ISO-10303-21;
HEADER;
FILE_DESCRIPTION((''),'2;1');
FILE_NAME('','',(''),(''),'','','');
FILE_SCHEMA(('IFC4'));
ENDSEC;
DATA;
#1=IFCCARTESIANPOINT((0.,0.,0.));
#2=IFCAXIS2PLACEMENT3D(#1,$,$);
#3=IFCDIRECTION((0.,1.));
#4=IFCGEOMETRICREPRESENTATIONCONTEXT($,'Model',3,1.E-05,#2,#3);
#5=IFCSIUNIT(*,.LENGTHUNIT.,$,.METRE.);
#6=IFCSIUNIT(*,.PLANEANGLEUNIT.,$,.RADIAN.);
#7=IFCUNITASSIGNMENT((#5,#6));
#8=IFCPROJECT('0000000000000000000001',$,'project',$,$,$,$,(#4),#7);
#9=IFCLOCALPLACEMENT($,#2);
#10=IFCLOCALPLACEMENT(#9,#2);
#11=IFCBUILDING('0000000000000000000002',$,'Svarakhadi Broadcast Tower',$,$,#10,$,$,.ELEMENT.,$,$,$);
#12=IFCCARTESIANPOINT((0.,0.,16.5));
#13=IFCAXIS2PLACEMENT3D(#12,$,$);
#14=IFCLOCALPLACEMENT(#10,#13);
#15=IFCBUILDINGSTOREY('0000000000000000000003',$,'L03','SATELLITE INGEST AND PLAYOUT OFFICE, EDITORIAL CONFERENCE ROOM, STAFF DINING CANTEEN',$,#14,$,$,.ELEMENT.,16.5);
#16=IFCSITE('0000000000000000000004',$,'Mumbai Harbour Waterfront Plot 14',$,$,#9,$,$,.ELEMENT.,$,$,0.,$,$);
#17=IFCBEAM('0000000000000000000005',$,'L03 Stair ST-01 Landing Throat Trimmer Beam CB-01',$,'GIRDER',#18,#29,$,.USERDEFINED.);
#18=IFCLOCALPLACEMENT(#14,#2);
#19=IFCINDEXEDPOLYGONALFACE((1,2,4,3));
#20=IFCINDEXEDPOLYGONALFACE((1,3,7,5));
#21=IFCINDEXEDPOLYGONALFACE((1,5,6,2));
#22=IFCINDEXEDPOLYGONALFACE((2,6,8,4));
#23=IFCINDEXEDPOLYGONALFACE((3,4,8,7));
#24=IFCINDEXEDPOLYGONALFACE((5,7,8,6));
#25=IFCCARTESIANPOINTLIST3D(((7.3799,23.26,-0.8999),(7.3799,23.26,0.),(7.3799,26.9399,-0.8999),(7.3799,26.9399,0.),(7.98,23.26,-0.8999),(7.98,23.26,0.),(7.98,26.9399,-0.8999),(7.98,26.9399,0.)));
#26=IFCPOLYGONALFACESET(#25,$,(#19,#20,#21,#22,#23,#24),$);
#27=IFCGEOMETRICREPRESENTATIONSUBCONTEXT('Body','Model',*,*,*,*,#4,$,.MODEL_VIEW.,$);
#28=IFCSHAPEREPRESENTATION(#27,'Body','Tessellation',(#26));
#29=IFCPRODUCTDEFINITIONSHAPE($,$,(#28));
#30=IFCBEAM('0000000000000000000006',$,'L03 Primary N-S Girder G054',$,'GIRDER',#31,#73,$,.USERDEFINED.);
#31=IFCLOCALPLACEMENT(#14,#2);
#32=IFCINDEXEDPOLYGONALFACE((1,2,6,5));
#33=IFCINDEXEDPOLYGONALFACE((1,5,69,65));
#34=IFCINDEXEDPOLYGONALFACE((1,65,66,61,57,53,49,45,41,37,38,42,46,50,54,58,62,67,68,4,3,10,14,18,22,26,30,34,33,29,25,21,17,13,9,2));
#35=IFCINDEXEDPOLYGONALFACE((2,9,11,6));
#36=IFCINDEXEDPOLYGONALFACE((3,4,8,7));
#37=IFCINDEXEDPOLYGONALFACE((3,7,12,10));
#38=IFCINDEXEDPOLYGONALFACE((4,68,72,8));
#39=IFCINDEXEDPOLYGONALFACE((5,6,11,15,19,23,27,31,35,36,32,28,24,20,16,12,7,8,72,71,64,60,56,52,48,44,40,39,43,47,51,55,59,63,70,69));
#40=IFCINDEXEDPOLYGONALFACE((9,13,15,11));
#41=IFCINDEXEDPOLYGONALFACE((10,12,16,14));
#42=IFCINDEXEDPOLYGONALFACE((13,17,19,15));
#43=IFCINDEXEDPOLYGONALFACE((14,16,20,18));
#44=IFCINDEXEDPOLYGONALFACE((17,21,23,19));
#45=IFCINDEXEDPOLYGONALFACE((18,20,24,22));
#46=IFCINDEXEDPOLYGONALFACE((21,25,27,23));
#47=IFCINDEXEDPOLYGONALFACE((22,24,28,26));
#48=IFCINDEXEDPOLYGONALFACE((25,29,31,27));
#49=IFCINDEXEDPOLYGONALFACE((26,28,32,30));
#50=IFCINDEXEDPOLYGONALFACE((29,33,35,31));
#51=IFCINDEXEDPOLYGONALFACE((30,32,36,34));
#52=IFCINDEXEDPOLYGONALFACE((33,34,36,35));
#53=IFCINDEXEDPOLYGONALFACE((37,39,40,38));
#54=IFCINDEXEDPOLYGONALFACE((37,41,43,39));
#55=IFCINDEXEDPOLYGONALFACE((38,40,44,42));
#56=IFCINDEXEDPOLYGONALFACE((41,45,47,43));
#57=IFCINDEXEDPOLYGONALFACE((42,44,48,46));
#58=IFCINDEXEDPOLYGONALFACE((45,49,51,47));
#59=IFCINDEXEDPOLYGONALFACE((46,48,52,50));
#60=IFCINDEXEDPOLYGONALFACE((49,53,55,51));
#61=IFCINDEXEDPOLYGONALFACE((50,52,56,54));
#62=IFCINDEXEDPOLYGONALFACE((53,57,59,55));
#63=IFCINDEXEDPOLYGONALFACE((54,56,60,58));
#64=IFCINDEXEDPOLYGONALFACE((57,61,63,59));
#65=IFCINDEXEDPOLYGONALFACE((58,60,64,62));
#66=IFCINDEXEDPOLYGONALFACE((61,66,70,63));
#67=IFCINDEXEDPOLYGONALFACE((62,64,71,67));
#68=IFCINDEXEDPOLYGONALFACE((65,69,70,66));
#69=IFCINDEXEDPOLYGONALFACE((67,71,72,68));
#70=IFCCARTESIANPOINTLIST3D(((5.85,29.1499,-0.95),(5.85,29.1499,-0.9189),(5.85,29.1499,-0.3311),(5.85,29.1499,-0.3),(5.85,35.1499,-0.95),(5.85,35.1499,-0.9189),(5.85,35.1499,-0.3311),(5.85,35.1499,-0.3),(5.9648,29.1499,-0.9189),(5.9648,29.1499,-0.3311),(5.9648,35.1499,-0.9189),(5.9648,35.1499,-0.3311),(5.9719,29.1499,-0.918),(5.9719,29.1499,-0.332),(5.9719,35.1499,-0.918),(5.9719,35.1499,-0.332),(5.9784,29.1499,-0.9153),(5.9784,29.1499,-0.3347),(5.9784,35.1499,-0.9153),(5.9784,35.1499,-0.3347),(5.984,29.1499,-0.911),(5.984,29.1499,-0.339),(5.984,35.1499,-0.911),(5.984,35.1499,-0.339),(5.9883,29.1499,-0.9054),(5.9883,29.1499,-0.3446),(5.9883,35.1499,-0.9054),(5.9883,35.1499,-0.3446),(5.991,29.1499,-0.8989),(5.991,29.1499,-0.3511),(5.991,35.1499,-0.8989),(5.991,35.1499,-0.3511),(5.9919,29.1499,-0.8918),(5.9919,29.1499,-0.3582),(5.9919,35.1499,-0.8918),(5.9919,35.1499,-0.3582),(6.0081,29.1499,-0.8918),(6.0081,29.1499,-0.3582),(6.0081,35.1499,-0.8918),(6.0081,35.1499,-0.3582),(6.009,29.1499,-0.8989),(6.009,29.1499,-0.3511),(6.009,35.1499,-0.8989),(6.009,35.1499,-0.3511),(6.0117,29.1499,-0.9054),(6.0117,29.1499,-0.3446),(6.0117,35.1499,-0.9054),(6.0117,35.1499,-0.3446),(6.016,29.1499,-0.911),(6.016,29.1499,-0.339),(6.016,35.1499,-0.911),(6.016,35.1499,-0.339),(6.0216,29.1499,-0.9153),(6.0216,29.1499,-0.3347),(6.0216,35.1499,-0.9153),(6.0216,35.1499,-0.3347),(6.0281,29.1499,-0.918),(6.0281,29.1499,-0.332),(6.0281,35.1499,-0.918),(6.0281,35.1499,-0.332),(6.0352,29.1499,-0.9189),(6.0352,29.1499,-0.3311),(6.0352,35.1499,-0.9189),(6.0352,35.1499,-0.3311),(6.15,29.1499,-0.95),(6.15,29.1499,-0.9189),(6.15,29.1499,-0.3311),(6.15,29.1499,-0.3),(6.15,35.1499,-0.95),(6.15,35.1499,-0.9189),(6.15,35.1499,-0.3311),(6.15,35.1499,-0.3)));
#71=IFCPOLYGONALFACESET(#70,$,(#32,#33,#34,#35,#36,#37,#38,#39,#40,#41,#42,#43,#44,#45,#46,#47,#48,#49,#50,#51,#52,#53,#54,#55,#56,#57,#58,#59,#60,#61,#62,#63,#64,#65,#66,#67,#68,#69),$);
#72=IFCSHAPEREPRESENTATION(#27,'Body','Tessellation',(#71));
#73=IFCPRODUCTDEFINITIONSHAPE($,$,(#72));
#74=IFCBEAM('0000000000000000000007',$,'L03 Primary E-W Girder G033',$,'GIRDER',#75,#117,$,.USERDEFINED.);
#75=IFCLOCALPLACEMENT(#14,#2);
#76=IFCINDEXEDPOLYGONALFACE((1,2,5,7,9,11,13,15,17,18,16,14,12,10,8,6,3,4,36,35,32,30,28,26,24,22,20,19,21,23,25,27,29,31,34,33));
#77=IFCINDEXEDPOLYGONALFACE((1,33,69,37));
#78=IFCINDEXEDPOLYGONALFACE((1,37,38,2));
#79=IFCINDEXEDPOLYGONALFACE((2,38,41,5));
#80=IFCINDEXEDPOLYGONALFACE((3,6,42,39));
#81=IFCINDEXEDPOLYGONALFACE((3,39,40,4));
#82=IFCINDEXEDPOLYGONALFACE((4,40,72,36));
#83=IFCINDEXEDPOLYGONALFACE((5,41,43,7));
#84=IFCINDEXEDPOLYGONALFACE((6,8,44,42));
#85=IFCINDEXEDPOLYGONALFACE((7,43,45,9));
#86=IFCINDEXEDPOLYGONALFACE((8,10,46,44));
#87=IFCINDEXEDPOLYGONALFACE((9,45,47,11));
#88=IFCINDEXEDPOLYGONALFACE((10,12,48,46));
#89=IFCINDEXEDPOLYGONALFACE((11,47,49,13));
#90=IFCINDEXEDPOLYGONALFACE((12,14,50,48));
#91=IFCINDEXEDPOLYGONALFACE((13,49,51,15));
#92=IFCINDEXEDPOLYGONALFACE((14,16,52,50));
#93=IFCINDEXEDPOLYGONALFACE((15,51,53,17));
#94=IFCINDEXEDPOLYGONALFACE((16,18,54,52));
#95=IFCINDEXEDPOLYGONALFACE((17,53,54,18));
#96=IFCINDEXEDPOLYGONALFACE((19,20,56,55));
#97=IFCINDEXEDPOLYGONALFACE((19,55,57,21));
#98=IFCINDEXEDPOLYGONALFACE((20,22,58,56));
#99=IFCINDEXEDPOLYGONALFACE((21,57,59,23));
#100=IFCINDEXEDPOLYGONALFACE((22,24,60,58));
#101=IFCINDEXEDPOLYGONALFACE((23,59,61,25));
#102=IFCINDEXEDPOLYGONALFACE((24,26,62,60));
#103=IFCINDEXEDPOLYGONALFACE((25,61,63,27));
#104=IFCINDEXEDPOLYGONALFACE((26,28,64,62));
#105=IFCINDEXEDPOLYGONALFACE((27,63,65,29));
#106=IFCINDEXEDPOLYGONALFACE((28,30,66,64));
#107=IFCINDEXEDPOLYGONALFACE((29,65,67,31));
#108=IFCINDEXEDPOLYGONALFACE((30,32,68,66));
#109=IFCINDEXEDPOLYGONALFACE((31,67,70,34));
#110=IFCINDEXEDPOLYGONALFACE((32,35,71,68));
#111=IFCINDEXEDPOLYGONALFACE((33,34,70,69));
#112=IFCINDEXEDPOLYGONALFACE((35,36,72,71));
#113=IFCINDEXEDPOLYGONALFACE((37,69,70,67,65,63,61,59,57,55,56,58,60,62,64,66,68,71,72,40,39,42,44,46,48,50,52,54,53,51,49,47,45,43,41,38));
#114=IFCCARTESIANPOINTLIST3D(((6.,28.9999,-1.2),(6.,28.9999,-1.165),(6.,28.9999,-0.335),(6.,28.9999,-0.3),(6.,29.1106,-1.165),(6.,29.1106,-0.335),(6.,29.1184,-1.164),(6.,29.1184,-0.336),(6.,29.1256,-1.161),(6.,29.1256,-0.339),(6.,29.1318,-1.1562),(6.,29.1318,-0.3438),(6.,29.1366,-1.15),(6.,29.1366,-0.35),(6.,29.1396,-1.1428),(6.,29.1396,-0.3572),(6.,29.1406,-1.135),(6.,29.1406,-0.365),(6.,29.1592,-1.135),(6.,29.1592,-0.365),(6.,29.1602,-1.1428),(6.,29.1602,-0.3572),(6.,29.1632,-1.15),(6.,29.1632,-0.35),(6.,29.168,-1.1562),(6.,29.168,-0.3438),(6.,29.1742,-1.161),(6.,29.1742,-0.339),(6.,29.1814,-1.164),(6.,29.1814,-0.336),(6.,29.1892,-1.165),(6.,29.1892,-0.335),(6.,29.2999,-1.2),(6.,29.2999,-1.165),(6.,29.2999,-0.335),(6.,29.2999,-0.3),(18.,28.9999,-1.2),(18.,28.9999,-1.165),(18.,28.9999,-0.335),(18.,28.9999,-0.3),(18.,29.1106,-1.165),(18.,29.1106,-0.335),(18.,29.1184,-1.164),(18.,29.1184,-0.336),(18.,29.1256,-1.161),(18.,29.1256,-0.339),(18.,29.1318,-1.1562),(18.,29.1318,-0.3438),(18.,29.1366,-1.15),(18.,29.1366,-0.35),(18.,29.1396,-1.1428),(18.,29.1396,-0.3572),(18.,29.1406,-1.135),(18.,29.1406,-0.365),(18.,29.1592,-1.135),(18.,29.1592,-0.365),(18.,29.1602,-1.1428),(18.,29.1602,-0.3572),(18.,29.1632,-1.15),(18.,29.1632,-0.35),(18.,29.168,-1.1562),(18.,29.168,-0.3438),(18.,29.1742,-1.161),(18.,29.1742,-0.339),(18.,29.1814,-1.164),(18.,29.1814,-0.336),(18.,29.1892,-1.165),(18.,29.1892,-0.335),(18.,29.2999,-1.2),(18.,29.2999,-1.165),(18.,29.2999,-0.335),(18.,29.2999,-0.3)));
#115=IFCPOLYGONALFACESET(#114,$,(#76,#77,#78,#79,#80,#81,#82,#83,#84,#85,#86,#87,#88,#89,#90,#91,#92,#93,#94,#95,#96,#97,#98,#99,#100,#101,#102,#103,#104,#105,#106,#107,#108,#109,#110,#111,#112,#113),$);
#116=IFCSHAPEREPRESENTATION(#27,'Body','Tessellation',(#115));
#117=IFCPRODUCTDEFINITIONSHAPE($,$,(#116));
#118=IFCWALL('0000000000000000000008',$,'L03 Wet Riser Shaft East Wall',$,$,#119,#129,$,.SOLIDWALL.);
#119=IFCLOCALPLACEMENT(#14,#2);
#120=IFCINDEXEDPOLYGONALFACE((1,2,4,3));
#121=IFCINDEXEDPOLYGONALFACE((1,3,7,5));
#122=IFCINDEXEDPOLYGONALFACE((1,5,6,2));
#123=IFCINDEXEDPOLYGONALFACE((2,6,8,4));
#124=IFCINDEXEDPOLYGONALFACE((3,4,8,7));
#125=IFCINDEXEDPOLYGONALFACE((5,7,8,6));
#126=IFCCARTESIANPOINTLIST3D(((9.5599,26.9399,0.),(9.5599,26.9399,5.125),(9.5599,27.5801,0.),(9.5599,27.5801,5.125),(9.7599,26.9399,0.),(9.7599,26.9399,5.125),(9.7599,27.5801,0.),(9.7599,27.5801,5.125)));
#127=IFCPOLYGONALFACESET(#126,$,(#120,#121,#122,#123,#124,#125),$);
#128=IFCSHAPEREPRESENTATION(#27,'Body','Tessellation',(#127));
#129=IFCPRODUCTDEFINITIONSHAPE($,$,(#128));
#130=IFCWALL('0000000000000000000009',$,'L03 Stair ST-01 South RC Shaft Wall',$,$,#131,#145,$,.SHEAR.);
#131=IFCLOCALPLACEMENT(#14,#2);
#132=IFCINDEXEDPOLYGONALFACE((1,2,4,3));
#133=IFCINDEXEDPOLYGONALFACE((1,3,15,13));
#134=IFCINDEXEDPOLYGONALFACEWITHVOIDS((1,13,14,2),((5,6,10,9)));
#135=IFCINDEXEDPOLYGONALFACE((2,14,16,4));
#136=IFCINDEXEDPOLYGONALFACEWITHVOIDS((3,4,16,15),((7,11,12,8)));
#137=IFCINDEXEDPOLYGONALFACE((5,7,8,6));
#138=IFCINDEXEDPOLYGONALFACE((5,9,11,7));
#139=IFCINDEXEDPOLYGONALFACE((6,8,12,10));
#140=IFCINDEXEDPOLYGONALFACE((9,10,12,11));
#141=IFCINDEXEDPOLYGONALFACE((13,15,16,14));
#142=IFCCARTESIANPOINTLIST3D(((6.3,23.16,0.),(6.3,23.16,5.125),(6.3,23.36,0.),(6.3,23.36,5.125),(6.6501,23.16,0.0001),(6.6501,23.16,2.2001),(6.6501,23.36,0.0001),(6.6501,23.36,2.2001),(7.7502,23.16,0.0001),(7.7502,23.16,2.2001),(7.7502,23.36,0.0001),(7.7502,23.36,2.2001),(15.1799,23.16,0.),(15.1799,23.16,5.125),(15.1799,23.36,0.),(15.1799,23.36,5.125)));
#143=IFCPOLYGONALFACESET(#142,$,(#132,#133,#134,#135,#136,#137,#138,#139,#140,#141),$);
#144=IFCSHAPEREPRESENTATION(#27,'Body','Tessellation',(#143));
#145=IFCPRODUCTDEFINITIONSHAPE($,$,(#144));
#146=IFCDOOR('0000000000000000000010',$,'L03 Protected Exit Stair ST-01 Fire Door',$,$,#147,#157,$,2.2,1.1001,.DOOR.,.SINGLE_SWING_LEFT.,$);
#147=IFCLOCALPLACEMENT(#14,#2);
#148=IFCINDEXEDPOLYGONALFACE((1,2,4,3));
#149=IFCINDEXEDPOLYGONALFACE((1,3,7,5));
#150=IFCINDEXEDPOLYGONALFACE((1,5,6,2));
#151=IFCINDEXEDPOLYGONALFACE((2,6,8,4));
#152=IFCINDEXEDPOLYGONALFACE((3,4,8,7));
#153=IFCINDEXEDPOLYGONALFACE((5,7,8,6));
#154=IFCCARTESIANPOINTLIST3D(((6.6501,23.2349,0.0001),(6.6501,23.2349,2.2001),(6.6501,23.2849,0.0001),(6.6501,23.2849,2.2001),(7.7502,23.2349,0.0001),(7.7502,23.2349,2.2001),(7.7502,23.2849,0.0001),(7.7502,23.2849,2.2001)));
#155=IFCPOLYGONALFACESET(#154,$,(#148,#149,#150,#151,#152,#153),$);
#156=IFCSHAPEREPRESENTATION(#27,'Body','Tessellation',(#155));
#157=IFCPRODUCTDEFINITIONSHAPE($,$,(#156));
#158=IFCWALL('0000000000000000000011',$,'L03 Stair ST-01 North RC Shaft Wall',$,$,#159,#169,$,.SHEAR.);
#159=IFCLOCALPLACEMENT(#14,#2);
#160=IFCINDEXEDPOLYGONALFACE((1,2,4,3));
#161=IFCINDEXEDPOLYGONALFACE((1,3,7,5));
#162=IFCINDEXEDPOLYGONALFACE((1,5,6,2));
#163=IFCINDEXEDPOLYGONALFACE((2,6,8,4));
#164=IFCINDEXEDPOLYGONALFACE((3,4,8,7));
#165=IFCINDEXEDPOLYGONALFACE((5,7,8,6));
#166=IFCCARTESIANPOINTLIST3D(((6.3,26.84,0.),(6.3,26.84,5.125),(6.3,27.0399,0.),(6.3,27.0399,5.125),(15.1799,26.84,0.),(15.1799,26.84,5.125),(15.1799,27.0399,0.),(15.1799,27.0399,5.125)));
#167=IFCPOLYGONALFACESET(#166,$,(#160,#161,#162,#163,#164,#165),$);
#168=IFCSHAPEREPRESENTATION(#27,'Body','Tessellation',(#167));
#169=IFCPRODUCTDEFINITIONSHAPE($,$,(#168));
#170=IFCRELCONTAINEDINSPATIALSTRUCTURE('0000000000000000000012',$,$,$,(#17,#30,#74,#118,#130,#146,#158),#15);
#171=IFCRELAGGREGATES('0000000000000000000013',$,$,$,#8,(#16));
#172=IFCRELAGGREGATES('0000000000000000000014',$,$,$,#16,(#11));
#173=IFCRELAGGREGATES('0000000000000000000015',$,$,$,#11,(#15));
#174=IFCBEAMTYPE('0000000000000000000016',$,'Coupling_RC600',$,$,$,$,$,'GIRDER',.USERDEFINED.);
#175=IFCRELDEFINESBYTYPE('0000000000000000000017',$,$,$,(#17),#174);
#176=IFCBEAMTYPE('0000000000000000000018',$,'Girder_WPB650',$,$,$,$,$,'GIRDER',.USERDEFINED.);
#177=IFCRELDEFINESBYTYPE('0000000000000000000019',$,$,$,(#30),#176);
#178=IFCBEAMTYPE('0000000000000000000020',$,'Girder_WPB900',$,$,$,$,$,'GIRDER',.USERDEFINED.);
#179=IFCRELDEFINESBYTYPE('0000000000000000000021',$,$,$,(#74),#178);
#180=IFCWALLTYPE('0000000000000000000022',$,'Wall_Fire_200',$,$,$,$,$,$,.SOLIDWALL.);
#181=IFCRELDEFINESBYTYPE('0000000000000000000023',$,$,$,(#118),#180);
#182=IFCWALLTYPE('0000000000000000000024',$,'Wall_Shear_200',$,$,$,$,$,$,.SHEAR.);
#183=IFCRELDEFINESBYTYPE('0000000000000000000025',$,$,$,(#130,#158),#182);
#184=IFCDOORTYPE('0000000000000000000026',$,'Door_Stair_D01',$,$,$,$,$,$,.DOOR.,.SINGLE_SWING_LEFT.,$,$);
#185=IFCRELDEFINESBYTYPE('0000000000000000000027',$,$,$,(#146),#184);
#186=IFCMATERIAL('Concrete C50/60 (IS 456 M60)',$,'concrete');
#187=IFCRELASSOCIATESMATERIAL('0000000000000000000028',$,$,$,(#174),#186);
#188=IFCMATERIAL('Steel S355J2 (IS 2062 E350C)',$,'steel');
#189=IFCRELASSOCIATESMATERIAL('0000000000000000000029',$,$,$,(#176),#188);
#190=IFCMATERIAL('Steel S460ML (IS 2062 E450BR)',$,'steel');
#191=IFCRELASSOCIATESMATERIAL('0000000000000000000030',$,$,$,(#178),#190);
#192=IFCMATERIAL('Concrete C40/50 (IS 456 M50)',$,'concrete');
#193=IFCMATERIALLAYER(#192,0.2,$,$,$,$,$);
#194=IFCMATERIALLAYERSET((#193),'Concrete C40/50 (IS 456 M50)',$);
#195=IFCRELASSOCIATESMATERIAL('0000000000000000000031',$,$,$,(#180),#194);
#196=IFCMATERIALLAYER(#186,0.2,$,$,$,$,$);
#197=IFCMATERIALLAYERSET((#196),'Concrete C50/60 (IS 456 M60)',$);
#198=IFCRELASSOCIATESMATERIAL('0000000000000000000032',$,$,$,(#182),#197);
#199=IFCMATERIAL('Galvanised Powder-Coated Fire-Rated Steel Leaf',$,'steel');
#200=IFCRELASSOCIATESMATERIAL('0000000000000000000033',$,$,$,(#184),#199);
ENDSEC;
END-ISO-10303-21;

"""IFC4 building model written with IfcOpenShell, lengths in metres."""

from ifc_helpers import new_model, si_unit, direction, frame, frame_2d, origin, origin_2d, place, context, subcontext, project, spatial, rectangle, i_section, extrude, material, layer, layer_set, material_profile, profile_set, type_object, element, fill, save


model = new_model("IFC4")

# Units and contexts
model_context = context("Model", 3, precision=1e-05, world=origin(), true_north=direction((0.0, 1.0)))
body_context = subcontext(model_context, "Body", "Model", "MODEL_VIEW")
ifc_project = project(units=[si_unit("LENGTHUNIT", "METRE"), si_unit("PLANEANGLEUNIT", "RADIAN")], contexts=[model_context])

# Site, building, storey
site_placement = place(None, origin())
site = spatial("IfcSite", under=ifc_project, at=site_placement, Name="Mumbai Harbour Waterfront Plot 14", CompositionType="ELEMENT", RefElevation=0.0)
building_placement = place(site_placement, origin())
building = spatial("IfcBuilding", under=site, at=building_placement, Name="Svarakhadi Broadcast Tower", CompositionType="ELEMENT")
storey_placement = place(building_placement, frame((0.0, 0.0, 16.5)))
storey = spatial("IfcBuildingStorey", under=building, at=storey_placement, Name="L03", Description="SATELLITE INGEST AND PLAYOUT OFFICE, EDITORIAL CONFERENCE ROOM, STAFF DINING CANTEEN", CompositionType="ELEMENT", Elevation=16.5)

# Beams
ifc_material_1 = material(Name="Concrete C50/60 (IS 456 M60)", Category="concrete")
ifc_material_profile_1 = material_profile(ifc_material_1, rectangle(XDim=0.6001, YDim=0.8999, at=origin_2d()), Name="RC 600x900")
ifc_profile_set_1 = profile_set([ifc_material_profile_1], Name="Concrete C50/60 (IS 456 M60)")
beam_type_1 = type_object("IfcBeamType", Name="Coupling_RC600", ElementType="GIRDER", PredefinedType="USERDEFINED", material=ifc_profile_set_1)
beam_1_placement = place(storey_placement, frame((7.6799, 23.26, -0.45), z_axis=(0.0, 1.0, 0.0), x_axis=(-1.0, 0.0, 0.0)))
element("IfcBeam", 1, at=beam_1_placement, inside=storey, type_object=beam_type_1, Name="L03 Stair ST-01 Landing Throat Trimmer Beam CB-01", ObjectType="GIRDER", PredefinedType="USERDEFINED", context=body_context, shape_type="SweptSolid", body=[
    extrude(rectangle(XDim=0.6001, YDim=0.8999, at=origin_2d()), origin(), (0.0, 0.0, 1.0), 3.6799),
])
ifc_material_2 = material(Name="Steel S355J2 (IS 2062 E350C)", Category="steel")
ifc_material_profile_2 = material_profile(ifc_material_2, i_section(OverallWidth=0.3, OverallDepth=0.6499, WebThickness=0.0161, FlangeThickness=0.031, FilletRadius=0.0271, at=origin_2d()), Name="WPB 650x300x225")
ifc_profile_set_2 = profile_set([ifc_material_profile_2], Name="Steel S355J2 (IS 2062 E350C)")
beam_type_2 = type_object("IfcBeamType", Name="Girder_WPB650", ElementType="GIRDER", PredefinedType="USERDEFINED", material=ifc_profile_set_2)
beam_2_placement = place(storey_placement, frame((6.0, 29.1499, -0.625), z_axis=(0.0, 1.0, 0.0), x_axis=(-1.0, 0.0, 0.0)))
element("IfcBeam", 2, at=beam_2_placement, inside=storey, type_object=beam_type_2, Name="L03 Primary N-S Girder G054", ObjectType="GIRDER", PredefinedType="USERDEFINED", context=body_context, shape_type="SweptSolid", body=[
    extrude(i_section(OverallWidth=0.3, OverallDepth=0.6499, WebThickness=0.0161, FlangeThickness=0.031, FilletRadius=0.0271, at=origin_2d()), origin(), (0.0, 0.0, 1.0), 6.0),
])
ifc_material_3 = material(Name="Steel S460ML (IS 2062 E450BR)", Category="steel")
ifc_material_profile_3 = material_profile(ifc_material_3, i_section(OverallWidth=0.3, OverallDepth=0.8999, WebThickness=0.0186, FlangeThickness=0.0349, FilletRadius=0.03, at=origin_2d()), Name="WPB 900x300x291")
ifc_profile_set_3 = profile_set([ifc_material_profile_3], Name="Steel S460ML (IS 2062 E450BR)")
beam_type_3 = type_object("IfcBeamType", Name="Girder_WPB900", ElementType="GIRDER", PredefinedType="USERDEFINED", material=ifc_profile_set_3)
beam_3_placement = place(storey_placement, frame((6.0, 29.1499, -0.75), z_axis=(1.0, 0.0, 0.0), x_axis=(0.0, 1.0, 0.0)))
element("IfcBeam", 3, at=beam_3_placement, inside=storey, type_object=beam_type_3, Name="L03 Primary E-W Girder G033", ObjectType="GIRDER", PredefinedType="USERDEFINED", context=body_context, shape_type="SweptSolid", body=[
    extrude(i_section(OverallWidth=0.3, OverallDepth=0.8999, WebThickness=0.0186, FlangeThickness=0.0349, FilletRadius=0.03, at=origin_2d()), origin(), (0.0, 0.0, 1.0), 12.0),
])

# Wall
ifc_material_4 = material(Name="Concrete C40/50 (IS 456 M50)", Category="concrete")
ifc_layer_1 = layer(ifc_material_4, 0.2)
ifc_layer_set_1 = layer_set([ifc_layer_1], Name="Concrete C40/50 (IS 456 M50)")
wall_type_1 = type_object("IfcWallType", Name="Wall_Fire_200", PredefinedType="SOLIDWALL", material=ifc_layer_set_1)
wall_1_placement = place(storey_placement, frame((9.6599, 26.9399, 0.0), z_axis=(0.0, 0.0, 1.0), x_axis=(0.0, 1.0, 0.0)))
element("IfcWall", 4, at=wall_1_placement, inside=storey, type_object=wall_type_1, Name="L03 Wet Riser Shaft East Wall", PredefinedType="SOLIDWALL", context=body_context, shape_type="SweptSolid", body=[
    extrude(rectangle(XDim=0.6401, YDim=0.2, at=frame_2d((0.3201, 0.0))), origin(), (0.0, 0.0, 1.0), 5.125),
])

# Wall, opening, door
ifc_layer_2 = layer(ifc_material_1, 0.2)
ifc_layer_set_2 = layer_set([ifc_layer_2], Name="Concrete C50/60 (IS 456 M60)")
wall_type_2 = type_object("IfcWallType", Name="Wall_Shear_200", PredefinedType="SHEAR", material=ifc_layer_set_2)
wall_2_placement = place(storey_placement, frame((6.3, 23.26, 0.0), z_axis=(0.0, 0.0, 1.0), x_axis=(1.0, 0.0, 0.0)))
wall_2 = element("IfcWall", 5, at=wall_2_placement, inside=storey, type_object=wall_type_2, Name="L03 Stair ST-01 South RC Shaft Wall", PredefinedType="SHEAR", context=body_context, shape_type="SweptSolid", body=[
    extrude(rectangle(XDim=8.8799, YDim=0.2, at=frame_2d((4.4399, 0.0))), origin(), (0.0, 0.0, 1.0), 5.125),
])
opening_1_placement = place(wall_2_placement, frame((0.3501, 0.0, 0.0)))
opening_1 = element("IfcOpeningElement", 6, at=opening_1_placement, cuts=wall_2, PredefinedType="OPENING", context=body_context, shape_type="SweptSolid", body=[
    extrude(rectangle(XDim=1.1001, YDim=2.2, at=frame_2d((0.55, 1.1001))), frame((0.0, 0.1099, 0.0), z_axis=(0.0, -1.0, 0.0), x_axis=(1.0, 0.0, 0.0)), (0.0, 0.0, 1.0), 0.22),
])
ifc_material_5 = material(Name="Galvanised Powder-Coated Fire-Rated Steel Leaf", Category="steel")
door_type_1 = type_object("IfcDoorType", Name="Door_Stair_D01", OperationType="SINGLE_SWING_LEFT", PredefinedType="DOOR", material=ifc_material_5)
door_1_placement = place(opening_1_placement, origin())
door_1 = element("IfcDoor", 7, at=door_1_placement, inside=storey, type_object=door_type_1, Name="L03 Protected Exit Stair ST-01 Fire Door", OperationType="SINGLE_SWING_LEFT", OverallHeight=2.2, OverallWidth=1.1001, PredefinedType="DOOR", context=body_context, shape_type="SweptSolid", body=[
    extrude(rectangle(XDim=1.1001, YDim=2.2, at=frame_2d((0.55, 1.1001))), frame((0.0, 0.0249, 0.0), z_axis=(0.0, -1.0, 0.0), x_axis=(1.0, 0.0, 0.0)), (0.0, 0.0, 1.0), 0.05),
])
fill(opening_1, door_1)

# Wall
wall_3_placement = place(storey_placement, frame((6.3, 26.9399, 0.0), z_axis=(0.0, 0.0, 1.0), x_axis=(1.0, 0.0, 0.0)))
element("IfcWall", 8, at=wall_3_placement, inside=storey, type_object=wall_type_2, Name="L03 Stair ST-01 North RC Shaft Wall", PredefinedType="SHEAR", context=body_context, shape_type="SweptSolid", body=[
    extrude(rectangle(XDim=8.8799, YDim=0.2, at=frame_2d((4.4399, 0.0))), origin(), (0.0, 0.0, 1.0), 5.125),
])

save(model, "model.ifc")
